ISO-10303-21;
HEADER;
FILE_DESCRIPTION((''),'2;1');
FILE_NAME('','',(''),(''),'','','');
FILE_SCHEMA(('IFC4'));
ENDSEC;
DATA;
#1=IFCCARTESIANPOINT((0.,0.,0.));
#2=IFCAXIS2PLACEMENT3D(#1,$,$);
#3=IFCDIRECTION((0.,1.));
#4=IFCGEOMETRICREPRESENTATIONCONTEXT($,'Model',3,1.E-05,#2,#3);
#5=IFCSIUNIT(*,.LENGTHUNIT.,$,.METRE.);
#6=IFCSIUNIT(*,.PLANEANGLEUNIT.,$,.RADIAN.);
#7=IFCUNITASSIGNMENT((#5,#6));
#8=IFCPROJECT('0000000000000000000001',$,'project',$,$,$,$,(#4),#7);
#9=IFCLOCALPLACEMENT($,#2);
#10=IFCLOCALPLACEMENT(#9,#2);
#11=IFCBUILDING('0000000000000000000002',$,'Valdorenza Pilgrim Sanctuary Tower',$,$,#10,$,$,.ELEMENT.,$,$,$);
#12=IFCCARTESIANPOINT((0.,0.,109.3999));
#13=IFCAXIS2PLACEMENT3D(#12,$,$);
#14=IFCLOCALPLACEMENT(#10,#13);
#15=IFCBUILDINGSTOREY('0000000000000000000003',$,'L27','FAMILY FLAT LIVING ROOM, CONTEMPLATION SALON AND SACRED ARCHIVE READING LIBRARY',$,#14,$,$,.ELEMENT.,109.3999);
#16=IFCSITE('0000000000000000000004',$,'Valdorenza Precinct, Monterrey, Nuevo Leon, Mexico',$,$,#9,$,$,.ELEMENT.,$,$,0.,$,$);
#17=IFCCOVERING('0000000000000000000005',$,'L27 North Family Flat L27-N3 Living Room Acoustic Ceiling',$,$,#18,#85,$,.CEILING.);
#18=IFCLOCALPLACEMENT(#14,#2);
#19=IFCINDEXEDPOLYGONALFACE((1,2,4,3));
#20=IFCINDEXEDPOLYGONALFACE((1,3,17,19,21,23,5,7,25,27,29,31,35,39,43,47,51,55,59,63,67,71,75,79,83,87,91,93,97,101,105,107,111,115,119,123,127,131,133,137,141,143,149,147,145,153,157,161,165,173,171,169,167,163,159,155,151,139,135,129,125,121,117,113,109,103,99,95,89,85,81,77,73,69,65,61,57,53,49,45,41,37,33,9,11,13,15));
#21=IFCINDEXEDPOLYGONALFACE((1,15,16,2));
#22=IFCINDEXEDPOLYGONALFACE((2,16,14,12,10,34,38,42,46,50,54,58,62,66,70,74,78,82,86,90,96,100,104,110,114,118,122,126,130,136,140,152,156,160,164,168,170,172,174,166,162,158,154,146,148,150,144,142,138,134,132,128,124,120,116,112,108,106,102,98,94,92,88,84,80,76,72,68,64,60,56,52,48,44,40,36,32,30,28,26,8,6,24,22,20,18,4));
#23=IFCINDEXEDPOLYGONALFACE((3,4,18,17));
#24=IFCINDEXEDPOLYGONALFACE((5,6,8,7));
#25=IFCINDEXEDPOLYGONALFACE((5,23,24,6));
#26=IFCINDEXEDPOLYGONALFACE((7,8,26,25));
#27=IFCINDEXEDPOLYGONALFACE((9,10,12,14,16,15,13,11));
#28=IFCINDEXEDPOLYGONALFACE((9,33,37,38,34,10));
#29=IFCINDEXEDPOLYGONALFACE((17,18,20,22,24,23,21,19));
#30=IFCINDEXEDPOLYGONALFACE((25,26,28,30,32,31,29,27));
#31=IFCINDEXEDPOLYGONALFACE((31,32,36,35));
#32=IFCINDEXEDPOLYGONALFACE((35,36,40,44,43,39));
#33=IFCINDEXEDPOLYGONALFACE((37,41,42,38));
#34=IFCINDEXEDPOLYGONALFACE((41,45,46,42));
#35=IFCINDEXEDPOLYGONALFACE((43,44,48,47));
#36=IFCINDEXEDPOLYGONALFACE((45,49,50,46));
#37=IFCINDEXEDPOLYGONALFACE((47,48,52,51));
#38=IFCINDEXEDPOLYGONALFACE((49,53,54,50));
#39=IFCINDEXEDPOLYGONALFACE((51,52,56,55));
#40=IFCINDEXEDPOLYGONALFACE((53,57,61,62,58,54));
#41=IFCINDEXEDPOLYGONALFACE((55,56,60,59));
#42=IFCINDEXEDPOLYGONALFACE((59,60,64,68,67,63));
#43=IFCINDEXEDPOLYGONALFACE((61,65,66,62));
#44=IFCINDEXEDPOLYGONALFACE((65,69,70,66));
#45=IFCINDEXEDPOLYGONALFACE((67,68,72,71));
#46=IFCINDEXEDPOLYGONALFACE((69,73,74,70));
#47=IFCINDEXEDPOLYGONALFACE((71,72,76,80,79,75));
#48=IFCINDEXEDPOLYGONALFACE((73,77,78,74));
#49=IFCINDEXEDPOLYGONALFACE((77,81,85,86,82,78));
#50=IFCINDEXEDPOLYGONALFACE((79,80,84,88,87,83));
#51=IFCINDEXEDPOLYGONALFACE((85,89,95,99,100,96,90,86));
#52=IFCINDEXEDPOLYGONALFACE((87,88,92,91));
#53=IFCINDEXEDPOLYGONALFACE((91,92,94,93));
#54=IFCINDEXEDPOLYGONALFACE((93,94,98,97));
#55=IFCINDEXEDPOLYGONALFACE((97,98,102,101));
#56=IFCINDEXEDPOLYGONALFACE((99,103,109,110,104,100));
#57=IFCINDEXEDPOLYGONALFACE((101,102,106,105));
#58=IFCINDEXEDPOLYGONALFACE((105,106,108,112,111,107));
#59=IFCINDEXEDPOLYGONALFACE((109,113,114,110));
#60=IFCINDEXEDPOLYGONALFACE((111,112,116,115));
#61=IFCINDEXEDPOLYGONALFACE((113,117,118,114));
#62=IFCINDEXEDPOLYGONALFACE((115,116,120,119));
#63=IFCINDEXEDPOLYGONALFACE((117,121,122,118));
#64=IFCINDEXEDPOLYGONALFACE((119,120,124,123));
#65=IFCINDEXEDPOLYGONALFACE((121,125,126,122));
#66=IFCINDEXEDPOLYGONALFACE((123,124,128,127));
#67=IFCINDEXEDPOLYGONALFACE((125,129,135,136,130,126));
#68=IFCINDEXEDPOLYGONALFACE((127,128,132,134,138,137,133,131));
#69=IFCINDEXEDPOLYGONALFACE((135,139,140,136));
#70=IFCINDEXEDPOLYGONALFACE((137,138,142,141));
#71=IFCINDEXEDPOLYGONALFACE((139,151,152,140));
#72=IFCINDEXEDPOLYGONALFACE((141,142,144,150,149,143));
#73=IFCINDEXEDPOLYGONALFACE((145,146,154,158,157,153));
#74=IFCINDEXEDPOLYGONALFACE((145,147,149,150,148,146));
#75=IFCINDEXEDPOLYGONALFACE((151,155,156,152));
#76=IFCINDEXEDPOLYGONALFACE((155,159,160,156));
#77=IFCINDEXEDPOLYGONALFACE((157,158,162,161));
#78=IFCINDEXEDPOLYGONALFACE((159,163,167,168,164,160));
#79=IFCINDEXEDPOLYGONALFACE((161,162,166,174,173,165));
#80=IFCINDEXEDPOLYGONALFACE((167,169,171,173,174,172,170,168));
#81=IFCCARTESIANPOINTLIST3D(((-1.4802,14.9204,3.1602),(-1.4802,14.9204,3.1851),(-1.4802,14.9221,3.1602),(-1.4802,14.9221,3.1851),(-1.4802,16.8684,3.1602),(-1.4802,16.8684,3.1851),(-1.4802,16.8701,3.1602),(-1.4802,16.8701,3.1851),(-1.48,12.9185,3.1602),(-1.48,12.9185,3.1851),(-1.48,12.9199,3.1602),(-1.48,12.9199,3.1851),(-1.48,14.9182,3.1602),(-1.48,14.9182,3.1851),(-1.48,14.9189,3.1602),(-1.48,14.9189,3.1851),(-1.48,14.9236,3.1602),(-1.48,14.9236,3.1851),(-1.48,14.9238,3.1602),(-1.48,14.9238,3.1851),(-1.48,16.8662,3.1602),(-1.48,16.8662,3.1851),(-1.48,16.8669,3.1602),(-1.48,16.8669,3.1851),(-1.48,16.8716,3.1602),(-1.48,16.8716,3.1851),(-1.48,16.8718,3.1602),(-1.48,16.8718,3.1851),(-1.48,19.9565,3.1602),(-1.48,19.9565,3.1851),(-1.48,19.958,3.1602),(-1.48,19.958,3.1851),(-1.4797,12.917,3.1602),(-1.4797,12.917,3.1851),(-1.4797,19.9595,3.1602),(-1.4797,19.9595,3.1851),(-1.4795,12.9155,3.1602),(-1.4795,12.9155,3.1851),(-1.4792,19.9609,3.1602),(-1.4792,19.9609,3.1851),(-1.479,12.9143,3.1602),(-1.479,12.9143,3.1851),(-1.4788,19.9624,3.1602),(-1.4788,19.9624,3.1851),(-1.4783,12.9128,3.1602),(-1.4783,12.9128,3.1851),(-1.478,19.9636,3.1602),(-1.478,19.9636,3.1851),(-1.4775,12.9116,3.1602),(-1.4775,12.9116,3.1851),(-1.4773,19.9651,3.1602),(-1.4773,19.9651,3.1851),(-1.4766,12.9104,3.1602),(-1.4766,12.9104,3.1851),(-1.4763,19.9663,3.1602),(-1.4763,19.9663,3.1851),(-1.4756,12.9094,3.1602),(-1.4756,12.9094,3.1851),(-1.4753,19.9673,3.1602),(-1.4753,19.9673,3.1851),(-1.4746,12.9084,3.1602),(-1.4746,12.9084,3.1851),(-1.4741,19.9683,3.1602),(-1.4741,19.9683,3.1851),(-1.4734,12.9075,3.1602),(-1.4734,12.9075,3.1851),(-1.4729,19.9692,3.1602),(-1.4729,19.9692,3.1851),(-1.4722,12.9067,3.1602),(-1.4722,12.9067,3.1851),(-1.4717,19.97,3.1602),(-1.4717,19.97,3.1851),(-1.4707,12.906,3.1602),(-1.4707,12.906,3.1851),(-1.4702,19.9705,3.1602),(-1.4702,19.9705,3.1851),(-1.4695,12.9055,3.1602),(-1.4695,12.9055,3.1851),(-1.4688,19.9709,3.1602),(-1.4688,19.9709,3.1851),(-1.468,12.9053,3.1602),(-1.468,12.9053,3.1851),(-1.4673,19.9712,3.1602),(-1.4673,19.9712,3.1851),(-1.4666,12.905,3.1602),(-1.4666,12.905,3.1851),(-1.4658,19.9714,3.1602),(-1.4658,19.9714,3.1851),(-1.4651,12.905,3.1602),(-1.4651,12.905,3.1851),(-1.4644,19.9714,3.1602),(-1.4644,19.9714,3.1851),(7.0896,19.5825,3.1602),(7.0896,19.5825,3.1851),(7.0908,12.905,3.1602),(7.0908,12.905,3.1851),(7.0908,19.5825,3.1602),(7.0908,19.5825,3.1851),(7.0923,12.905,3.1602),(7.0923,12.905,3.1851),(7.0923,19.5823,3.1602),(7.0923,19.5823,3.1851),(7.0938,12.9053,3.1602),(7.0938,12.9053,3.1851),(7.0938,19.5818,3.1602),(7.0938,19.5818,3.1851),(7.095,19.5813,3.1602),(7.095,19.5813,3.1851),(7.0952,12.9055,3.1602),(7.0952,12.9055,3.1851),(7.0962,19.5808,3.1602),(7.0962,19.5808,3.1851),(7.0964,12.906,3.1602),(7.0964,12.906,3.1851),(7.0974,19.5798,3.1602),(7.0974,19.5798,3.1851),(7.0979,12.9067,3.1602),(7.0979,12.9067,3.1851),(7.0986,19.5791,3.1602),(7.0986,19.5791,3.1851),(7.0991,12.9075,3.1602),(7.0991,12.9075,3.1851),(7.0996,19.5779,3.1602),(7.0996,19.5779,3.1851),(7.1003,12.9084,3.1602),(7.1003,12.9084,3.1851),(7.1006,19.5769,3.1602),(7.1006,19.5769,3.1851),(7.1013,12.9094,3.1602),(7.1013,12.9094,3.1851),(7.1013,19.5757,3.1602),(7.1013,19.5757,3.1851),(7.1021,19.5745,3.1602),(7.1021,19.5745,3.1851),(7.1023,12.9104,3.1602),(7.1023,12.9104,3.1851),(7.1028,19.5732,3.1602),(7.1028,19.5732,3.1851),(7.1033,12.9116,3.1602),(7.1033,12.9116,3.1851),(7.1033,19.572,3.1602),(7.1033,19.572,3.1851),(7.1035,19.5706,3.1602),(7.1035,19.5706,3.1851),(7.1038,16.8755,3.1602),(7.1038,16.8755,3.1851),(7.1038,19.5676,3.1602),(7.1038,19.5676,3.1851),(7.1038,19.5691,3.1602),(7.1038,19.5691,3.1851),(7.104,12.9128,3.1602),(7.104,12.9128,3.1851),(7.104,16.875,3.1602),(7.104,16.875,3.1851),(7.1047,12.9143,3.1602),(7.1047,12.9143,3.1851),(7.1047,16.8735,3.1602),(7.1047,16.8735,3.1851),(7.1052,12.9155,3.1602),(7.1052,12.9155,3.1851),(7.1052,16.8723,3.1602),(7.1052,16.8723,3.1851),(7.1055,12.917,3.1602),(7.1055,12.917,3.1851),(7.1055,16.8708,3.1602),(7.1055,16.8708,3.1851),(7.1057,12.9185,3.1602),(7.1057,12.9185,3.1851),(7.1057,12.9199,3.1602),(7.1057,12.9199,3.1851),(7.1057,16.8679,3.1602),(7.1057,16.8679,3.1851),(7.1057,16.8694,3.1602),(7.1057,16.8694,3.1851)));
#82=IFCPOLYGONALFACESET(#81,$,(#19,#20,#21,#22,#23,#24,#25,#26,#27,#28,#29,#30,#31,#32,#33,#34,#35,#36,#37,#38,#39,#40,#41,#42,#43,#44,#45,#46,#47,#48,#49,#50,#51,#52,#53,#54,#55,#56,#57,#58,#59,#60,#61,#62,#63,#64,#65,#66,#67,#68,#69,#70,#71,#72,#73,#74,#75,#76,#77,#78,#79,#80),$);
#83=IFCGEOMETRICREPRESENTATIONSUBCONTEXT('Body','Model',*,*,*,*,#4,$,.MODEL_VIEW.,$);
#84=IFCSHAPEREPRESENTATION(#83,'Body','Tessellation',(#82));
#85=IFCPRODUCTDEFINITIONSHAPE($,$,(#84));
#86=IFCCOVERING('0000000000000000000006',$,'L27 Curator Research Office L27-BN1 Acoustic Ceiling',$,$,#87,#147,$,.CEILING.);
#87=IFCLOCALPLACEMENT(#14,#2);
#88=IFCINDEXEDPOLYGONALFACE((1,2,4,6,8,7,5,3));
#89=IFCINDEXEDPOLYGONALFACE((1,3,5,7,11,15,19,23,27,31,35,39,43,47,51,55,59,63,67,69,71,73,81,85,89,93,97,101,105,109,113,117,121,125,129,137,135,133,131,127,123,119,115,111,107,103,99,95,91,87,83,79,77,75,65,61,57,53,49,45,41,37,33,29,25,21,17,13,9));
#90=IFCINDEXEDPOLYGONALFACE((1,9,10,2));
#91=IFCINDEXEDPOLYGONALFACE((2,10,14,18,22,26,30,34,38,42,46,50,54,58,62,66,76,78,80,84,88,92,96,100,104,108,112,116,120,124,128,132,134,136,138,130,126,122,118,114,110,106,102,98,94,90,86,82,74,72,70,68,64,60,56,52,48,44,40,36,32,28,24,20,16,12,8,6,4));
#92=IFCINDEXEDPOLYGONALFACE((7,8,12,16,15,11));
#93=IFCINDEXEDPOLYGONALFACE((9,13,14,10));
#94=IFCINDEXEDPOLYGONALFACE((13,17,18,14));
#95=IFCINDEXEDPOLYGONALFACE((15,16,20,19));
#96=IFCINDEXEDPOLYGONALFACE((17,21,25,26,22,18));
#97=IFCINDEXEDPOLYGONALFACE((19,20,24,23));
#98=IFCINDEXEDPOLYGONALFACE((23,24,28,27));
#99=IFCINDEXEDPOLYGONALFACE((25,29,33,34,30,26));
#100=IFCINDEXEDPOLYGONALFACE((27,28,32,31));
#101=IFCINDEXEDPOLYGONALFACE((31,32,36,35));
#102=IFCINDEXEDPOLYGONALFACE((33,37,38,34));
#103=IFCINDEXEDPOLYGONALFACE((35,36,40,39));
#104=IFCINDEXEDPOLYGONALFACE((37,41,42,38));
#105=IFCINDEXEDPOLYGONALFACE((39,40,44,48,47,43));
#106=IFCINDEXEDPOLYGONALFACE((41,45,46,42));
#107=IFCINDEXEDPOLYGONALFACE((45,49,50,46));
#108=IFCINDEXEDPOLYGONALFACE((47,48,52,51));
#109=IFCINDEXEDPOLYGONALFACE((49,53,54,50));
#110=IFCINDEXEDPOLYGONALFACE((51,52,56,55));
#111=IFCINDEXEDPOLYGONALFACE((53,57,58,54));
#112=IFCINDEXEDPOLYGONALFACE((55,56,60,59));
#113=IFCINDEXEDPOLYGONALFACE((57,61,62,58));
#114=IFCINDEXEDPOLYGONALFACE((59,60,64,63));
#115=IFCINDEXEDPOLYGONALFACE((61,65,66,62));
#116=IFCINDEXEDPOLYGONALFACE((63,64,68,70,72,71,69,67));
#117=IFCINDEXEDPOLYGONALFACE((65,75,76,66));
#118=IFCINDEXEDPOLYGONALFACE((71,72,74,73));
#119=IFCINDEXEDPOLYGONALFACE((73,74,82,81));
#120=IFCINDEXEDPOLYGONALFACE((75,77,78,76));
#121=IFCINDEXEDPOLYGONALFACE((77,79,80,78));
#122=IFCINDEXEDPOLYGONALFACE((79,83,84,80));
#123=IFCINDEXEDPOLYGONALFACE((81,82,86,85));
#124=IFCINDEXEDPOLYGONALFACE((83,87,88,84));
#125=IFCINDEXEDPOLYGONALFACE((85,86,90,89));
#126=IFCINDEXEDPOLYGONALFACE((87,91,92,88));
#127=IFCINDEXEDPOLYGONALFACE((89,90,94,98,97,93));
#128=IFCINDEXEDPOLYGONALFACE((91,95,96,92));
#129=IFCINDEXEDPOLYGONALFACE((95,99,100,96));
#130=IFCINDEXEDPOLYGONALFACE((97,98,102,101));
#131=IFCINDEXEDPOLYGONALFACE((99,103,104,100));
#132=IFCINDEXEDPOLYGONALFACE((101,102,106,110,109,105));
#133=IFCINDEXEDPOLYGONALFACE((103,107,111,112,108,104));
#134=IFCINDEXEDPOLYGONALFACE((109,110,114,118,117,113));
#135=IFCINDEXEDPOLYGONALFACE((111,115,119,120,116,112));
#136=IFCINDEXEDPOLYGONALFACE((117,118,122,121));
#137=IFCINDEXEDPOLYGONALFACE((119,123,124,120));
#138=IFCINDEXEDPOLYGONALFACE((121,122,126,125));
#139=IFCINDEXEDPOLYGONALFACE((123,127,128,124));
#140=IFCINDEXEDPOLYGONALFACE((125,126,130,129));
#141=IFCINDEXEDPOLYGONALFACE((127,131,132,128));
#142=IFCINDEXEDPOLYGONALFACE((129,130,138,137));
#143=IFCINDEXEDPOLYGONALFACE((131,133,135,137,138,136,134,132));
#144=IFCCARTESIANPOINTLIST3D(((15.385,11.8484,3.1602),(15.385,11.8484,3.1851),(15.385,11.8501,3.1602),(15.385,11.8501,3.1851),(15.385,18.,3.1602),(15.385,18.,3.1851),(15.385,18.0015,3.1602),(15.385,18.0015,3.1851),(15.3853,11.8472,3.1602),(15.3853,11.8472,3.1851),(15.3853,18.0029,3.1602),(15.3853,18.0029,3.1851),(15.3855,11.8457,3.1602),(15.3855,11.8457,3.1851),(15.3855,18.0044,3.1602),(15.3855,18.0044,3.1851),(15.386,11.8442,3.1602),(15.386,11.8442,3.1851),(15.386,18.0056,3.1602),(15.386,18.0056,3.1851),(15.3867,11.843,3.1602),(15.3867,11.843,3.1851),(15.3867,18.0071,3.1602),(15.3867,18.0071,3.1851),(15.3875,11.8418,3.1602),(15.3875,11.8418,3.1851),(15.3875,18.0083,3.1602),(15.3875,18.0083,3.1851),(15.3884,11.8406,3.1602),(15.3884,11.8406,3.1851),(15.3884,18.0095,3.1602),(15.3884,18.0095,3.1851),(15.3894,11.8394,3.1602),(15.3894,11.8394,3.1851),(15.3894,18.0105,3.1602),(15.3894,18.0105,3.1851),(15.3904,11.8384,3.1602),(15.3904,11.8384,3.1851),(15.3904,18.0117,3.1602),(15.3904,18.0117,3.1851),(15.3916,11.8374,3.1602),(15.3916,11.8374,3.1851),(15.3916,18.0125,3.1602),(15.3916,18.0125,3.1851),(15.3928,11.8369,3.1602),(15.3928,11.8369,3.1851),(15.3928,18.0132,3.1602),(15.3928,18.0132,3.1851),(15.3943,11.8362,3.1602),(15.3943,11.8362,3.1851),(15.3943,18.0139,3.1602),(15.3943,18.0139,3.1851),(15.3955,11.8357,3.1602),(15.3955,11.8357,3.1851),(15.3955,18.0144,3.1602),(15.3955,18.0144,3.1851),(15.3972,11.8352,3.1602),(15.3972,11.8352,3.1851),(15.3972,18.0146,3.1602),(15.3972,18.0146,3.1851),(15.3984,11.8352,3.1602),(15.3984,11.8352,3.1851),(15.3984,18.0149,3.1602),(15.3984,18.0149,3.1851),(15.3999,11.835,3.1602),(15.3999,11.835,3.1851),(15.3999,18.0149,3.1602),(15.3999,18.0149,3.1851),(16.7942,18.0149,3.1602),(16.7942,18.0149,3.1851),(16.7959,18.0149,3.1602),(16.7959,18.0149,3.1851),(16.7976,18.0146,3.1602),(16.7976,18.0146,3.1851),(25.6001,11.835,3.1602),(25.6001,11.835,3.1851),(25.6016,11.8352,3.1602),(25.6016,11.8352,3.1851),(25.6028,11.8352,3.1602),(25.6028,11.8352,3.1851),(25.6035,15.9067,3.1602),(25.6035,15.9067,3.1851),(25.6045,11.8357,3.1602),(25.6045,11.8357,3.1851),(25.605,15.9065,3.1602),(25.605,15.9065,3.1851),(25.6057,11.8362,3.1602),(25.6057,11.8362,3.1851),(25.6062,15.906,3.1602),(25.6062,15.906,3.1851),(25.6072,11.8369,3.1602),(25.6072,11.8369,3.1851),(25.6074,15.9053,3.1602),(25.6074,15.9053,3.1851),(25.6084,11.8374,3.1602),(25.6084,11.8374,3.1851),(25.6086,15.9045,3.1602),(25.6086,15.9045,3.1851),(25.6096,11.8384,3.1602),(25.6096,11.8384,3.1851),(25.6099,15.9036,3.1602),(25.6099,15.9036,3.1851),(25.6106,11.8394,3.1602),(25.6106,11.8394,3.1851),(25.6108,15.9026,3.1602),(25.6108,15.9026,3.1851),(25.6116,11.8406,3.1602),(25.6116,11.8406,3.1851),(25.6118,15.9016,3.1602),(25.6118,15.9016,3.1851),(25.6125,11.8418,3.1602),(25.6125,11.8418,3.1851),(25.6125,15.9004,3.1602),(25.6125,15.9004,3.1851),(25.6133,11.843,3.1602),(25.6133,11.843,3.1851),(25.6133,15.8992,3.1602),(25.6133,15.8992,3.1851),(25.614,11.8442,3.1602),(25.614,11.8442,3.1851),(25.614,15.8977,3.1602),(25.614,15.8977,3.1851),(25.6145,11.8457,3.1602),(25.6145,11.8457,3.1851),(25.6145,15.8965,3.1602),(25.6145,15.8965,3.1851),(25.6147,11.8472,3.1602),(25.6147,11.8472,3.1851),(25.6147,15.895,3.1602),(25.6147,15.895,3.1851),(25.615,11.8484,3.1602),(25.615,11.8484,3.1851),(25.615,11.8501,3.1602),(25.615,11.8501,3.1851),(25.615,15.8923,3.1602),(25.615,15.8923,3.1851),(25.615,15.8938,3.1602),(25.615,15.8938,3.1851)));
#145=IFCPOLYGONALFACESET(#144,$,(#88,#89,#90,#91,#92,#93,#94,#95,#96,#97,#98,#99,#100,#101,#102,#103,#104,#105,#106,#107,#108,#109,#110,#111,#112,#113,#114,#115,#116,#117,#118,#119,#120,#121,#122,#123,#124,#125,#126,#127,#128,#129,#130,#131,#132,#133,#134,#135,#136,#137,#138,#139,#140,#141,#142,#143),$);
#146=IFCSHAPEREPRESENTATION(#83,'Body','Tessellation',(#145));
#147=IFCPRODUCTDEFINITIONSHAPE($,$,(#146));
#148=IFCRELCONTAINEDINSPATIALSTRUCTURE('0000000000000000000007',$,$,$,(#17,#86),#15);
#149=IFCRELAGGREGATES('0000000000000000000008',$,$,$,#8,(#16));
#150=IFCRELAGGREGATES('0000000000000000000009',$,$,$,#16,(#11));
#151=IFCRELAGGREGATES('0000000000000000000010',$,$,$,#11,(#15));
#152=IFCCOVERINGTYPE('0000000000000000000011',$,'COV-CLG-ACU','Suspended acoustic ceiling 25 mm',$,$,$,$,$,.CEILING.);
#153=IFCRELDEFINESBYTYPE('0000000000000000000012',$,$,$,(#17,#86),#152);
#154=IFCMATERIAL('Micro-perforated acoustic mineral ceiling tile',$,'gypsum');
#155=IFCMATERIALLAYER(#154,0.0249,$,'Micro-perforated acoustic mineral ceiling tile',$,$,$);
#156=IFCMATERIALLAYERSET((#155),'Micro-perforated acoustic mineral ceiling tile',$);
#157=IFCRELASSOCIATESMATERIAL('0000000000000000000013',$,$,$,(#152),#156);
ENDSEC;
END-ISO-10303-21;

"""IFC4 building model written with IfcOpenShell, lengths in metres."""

from ifc_helpers import new_model, si_unit, direction, frame, origin, place, context, subcontext, project, spatial, polyline, outline, extrude, material, layer, layer_set, type_object, element, save


model = new_model("IFC4")

# Units and contexts
model_context = context("Model", 3, precision=1e-05, world=origin(), true_north=direction((0.0, 1.0)))
body_context = subcontext(model_context, "Body", "Model", "MODEL_VIEW")
ifc_project = project(units=[si_unit("LENGTHUNIT", "METRE"), si_unit("PLANEANGLEUNIT", "RADIAN")], contexts=[model_context])

# Site, building, storey
site_placement = place(None, origin())
site = spatial("IfcSite", under=ifc_project, at=site_placement, Name="Valdorenza Precinct, Monterrey, Nuevo Leon, Mexico", CompositionType="ELEMENT", RefElevation=0.0)
building_placement = place(site_placement, origin())
building = spatial("IfcBuilding", under=site, at=building_placement, Name="Valdorenza Pilgrim Sanctuary Tower", CompositionType="ELEMENT")
storey_placement = place(building_placement, frame((0.0, 0.0, 109.3999)))
storey = spatial("IfcBuildingStorey", under=building, at=storey_placement, Name="L27", Description="FAMILY FLAT LIVING ROOM, CONTEMPLATION SALON AND SACRED ARCHIVE READING LIBRARY", CompositionType="ELEMENT", Elevation=109.3999)

# Coverings
ifc_material_1 = material(Name="Micro-perforated acoustic mineral ceiling tile", Category="gypsum")
ifc_layer_1 = layer(ifc_material_1, 0.0249, Name="Micro-perforated acoustic mineral ceiling tile")
ifc_layer_set_1 = layer_set([ifc_layer_1], Name="Micro-perforated acoustic mineral ceiling tile")
covering_type_1 = type_object("IfcCoveringType", Name="COV-CLG-ACU", Description="Suspended acoustic ceiling 25 mm", PredefinedType="CEILING", material=ifc_layer_set_1)
covering_1_placement = place(storey_placement, frame((0.0, 0.0, 3.1602)))
element("IfcCovering", 1, at=covering_1_placement, inside=storey, type_object=covering_type_1, Name="L27 North Family Flat L27-N3 Living Room Acoustic Ceiling", PredefinedType="CEILING", context=body_context, shape_type="SweptSolid", body=[
    extrude(outline(polyline([(-1.48, 14.9182), (-1.48, 14.9189), (-1.4802, 14.9204), (-1.4802, 14.9221), (-1.48, 14.9236), (-1.48, 14.9238), (-1.48, 16.8662), (-1.48, 16.8669), (-1.4802, 16.8684), (-1.4802, 16.8701), (-1.48, 16.8716), (-1.48, 16.8718), (-1.48, 19.9565), (-1.48, 19.958), (-1.4797, 19.9595), (-1.4792, 19.9609), (-1.4788, 19.9624), (-1.478, 19.9636), (-1.4773, 19.9651), (-1.4763, 19.9663), (-1.4753, 19.9673), (-1.4741, 19.9683), (-1.4729, 19.9692), (-1.4717, 19.97), (-1.4702, 19.9705), (-1.4688, 19.9709), (-1.4673, 19.9712), (-1.4658, 19.9714), (-1.4644, 19.9714), (7.0896, 19.5825), (7.0908, 19.5825), (7.0923, 19.5823), (7.0938, 19.5818), (7.095, 19.5813), (7.0962, 19.5808), (7.0974, 19.5798), (7.0986, 19.5791), (7.0996, 19.5779), (7.1006, 19.5769), (7.1013, 19.5757), (7.1021, 19.5745), (7.1028, 19.5732), (7.1033, 19.572), (7.1035, 19.5706), (7.1038, 19.5691), (7.1038, 19.5676), (7.1038, 16.8755), (7.104, 16.875), (7.1047, 16.8735), (7.1052, 16.8723), (7.1055, 16.8708), (7.1057, 16.8694), (7.1057, 16.8679), (7.1057, 12.9199), (7.1057, 12.9185), (7.1055, 12.917), (7.1052, 12.9155), (7.1047, 12.9143), (7.104, 12.9128), (7.1033, 12.9116), (7.1023, 12.9104), (7.1013, 12.9094), (7.1003, 12.9084), (7.0991, 12.9075), (7.0979, 12.9067), (7.0964, 12.906), (7.0952, 12.9055), (7.0938, 12.9053), (7.0923, 12.905), (7.0908, 12.905), (-1.4651, 12.905), (-1.4666, 12.905), (-1.468, 12.9053), (-1.4695, 12.9055), (-1.4707, 12.906), (-1.4722, 12.9067), (-1.4734, 12.9075), (-1.4746, 12.9084), (-1.4756, 12.9094), (-1.4766, 12.9104), (-1.4775, 12.9116), (-1.4783, 12.9128), (-1.479, 12.9143), (-1.4795, 12.9155), (-1.4797, 12.917), (-1.48, 12.9185), (-1.48, 12.9199), (-1.48, 14.9182)])), origin(), (0.0, 0.0, 1.0), 0.0249),
])
covering_2_placement = place(storey_placement, frame((0.0, 0.0, 3.1602)))
element("IfcCovering", 2, at=covering_2_placement, inside=storey, type_object=covering_type_1, Name="L27 Curator Research Office L27-BN1 Acoustic Ceiling", PredefinedType="CEILING", context=body_context, shape_type="SweptSolid", body=[
    extrude(outline(polyline([(15.3999, 11.835), (15.3984, 11.8352), (15.3972, 11.8352), (15.3955, 11.8357), (15.3943, 11.8362), (15.3928, 11.8369), (15.3916, 11.8374), (15.3904, 11.8384), (15.3894, 11.8394), (15.3884, 11.8406), (15.3875, 11.8418), (15.3867, 11.843), (15.386, 11.8442), (15.3855, 11.8457), (15.3853, 11.8472), (15.385, 11.8484), (15.385, 11.8501), (15.385, 18.0), (15.385, 18.0015), (15.3853, 18.0029), (15.3855, 18.0044), (15.386, 18.0056), (15.3867, 18.0071), (15.3875, 18.0083), (15.3884, 18.0095), (15.3894, 18.0105), (15.3904, 18.0117), (15.3916, 18.0125), (15.3928, 18.0132), (15.3943, 18.0139), (15.3955, 18.0144), (15.3972, 18.0146), (15.3984, 18.0149), (15.3999, 18.0149), (16.7942, 18.0149), (16.7959, 18.0149), (16.7976, 18.0146), (25.6035, 15.9067), (25.605, 15.9065), (25.6062, 15.906), (25.6074, 15.9053), (25.6086, 15.9045), (25.6099, 15.9036), (25.6108, 15.9026), (25.6118, 15.9016), (25.6125, 15.9004), (25.6133, 15.8992), (25.614, 15.8977), (25.6145, 15.8965), (25.6147, 15.895), (25.615, 15.8938), (25.615, 15.8923), (25.615, 11.8501), (25.615, 11.8484), (25.6147, 11.8472), (25.6145, 11.8457), (25.614, 11.8442), (25.6133, 11.843), (25.6125, 11.8418), (25.6116, 11.8406), (25.6106, 11.8394), (25.6096, 11.8384), (25.6084, 11.8374), (25.6072, 11.8369), (25.6057, 11.8362), (25.6045, 11.8357), (25.6028, 11.8352), (25.6016, 11.8352), (25.6001, 11.835), (15.3999, 11.835)])), origin(), (0.0, 0.0, 1.0), 0.0249),
])

save(model, "model.ifc")
